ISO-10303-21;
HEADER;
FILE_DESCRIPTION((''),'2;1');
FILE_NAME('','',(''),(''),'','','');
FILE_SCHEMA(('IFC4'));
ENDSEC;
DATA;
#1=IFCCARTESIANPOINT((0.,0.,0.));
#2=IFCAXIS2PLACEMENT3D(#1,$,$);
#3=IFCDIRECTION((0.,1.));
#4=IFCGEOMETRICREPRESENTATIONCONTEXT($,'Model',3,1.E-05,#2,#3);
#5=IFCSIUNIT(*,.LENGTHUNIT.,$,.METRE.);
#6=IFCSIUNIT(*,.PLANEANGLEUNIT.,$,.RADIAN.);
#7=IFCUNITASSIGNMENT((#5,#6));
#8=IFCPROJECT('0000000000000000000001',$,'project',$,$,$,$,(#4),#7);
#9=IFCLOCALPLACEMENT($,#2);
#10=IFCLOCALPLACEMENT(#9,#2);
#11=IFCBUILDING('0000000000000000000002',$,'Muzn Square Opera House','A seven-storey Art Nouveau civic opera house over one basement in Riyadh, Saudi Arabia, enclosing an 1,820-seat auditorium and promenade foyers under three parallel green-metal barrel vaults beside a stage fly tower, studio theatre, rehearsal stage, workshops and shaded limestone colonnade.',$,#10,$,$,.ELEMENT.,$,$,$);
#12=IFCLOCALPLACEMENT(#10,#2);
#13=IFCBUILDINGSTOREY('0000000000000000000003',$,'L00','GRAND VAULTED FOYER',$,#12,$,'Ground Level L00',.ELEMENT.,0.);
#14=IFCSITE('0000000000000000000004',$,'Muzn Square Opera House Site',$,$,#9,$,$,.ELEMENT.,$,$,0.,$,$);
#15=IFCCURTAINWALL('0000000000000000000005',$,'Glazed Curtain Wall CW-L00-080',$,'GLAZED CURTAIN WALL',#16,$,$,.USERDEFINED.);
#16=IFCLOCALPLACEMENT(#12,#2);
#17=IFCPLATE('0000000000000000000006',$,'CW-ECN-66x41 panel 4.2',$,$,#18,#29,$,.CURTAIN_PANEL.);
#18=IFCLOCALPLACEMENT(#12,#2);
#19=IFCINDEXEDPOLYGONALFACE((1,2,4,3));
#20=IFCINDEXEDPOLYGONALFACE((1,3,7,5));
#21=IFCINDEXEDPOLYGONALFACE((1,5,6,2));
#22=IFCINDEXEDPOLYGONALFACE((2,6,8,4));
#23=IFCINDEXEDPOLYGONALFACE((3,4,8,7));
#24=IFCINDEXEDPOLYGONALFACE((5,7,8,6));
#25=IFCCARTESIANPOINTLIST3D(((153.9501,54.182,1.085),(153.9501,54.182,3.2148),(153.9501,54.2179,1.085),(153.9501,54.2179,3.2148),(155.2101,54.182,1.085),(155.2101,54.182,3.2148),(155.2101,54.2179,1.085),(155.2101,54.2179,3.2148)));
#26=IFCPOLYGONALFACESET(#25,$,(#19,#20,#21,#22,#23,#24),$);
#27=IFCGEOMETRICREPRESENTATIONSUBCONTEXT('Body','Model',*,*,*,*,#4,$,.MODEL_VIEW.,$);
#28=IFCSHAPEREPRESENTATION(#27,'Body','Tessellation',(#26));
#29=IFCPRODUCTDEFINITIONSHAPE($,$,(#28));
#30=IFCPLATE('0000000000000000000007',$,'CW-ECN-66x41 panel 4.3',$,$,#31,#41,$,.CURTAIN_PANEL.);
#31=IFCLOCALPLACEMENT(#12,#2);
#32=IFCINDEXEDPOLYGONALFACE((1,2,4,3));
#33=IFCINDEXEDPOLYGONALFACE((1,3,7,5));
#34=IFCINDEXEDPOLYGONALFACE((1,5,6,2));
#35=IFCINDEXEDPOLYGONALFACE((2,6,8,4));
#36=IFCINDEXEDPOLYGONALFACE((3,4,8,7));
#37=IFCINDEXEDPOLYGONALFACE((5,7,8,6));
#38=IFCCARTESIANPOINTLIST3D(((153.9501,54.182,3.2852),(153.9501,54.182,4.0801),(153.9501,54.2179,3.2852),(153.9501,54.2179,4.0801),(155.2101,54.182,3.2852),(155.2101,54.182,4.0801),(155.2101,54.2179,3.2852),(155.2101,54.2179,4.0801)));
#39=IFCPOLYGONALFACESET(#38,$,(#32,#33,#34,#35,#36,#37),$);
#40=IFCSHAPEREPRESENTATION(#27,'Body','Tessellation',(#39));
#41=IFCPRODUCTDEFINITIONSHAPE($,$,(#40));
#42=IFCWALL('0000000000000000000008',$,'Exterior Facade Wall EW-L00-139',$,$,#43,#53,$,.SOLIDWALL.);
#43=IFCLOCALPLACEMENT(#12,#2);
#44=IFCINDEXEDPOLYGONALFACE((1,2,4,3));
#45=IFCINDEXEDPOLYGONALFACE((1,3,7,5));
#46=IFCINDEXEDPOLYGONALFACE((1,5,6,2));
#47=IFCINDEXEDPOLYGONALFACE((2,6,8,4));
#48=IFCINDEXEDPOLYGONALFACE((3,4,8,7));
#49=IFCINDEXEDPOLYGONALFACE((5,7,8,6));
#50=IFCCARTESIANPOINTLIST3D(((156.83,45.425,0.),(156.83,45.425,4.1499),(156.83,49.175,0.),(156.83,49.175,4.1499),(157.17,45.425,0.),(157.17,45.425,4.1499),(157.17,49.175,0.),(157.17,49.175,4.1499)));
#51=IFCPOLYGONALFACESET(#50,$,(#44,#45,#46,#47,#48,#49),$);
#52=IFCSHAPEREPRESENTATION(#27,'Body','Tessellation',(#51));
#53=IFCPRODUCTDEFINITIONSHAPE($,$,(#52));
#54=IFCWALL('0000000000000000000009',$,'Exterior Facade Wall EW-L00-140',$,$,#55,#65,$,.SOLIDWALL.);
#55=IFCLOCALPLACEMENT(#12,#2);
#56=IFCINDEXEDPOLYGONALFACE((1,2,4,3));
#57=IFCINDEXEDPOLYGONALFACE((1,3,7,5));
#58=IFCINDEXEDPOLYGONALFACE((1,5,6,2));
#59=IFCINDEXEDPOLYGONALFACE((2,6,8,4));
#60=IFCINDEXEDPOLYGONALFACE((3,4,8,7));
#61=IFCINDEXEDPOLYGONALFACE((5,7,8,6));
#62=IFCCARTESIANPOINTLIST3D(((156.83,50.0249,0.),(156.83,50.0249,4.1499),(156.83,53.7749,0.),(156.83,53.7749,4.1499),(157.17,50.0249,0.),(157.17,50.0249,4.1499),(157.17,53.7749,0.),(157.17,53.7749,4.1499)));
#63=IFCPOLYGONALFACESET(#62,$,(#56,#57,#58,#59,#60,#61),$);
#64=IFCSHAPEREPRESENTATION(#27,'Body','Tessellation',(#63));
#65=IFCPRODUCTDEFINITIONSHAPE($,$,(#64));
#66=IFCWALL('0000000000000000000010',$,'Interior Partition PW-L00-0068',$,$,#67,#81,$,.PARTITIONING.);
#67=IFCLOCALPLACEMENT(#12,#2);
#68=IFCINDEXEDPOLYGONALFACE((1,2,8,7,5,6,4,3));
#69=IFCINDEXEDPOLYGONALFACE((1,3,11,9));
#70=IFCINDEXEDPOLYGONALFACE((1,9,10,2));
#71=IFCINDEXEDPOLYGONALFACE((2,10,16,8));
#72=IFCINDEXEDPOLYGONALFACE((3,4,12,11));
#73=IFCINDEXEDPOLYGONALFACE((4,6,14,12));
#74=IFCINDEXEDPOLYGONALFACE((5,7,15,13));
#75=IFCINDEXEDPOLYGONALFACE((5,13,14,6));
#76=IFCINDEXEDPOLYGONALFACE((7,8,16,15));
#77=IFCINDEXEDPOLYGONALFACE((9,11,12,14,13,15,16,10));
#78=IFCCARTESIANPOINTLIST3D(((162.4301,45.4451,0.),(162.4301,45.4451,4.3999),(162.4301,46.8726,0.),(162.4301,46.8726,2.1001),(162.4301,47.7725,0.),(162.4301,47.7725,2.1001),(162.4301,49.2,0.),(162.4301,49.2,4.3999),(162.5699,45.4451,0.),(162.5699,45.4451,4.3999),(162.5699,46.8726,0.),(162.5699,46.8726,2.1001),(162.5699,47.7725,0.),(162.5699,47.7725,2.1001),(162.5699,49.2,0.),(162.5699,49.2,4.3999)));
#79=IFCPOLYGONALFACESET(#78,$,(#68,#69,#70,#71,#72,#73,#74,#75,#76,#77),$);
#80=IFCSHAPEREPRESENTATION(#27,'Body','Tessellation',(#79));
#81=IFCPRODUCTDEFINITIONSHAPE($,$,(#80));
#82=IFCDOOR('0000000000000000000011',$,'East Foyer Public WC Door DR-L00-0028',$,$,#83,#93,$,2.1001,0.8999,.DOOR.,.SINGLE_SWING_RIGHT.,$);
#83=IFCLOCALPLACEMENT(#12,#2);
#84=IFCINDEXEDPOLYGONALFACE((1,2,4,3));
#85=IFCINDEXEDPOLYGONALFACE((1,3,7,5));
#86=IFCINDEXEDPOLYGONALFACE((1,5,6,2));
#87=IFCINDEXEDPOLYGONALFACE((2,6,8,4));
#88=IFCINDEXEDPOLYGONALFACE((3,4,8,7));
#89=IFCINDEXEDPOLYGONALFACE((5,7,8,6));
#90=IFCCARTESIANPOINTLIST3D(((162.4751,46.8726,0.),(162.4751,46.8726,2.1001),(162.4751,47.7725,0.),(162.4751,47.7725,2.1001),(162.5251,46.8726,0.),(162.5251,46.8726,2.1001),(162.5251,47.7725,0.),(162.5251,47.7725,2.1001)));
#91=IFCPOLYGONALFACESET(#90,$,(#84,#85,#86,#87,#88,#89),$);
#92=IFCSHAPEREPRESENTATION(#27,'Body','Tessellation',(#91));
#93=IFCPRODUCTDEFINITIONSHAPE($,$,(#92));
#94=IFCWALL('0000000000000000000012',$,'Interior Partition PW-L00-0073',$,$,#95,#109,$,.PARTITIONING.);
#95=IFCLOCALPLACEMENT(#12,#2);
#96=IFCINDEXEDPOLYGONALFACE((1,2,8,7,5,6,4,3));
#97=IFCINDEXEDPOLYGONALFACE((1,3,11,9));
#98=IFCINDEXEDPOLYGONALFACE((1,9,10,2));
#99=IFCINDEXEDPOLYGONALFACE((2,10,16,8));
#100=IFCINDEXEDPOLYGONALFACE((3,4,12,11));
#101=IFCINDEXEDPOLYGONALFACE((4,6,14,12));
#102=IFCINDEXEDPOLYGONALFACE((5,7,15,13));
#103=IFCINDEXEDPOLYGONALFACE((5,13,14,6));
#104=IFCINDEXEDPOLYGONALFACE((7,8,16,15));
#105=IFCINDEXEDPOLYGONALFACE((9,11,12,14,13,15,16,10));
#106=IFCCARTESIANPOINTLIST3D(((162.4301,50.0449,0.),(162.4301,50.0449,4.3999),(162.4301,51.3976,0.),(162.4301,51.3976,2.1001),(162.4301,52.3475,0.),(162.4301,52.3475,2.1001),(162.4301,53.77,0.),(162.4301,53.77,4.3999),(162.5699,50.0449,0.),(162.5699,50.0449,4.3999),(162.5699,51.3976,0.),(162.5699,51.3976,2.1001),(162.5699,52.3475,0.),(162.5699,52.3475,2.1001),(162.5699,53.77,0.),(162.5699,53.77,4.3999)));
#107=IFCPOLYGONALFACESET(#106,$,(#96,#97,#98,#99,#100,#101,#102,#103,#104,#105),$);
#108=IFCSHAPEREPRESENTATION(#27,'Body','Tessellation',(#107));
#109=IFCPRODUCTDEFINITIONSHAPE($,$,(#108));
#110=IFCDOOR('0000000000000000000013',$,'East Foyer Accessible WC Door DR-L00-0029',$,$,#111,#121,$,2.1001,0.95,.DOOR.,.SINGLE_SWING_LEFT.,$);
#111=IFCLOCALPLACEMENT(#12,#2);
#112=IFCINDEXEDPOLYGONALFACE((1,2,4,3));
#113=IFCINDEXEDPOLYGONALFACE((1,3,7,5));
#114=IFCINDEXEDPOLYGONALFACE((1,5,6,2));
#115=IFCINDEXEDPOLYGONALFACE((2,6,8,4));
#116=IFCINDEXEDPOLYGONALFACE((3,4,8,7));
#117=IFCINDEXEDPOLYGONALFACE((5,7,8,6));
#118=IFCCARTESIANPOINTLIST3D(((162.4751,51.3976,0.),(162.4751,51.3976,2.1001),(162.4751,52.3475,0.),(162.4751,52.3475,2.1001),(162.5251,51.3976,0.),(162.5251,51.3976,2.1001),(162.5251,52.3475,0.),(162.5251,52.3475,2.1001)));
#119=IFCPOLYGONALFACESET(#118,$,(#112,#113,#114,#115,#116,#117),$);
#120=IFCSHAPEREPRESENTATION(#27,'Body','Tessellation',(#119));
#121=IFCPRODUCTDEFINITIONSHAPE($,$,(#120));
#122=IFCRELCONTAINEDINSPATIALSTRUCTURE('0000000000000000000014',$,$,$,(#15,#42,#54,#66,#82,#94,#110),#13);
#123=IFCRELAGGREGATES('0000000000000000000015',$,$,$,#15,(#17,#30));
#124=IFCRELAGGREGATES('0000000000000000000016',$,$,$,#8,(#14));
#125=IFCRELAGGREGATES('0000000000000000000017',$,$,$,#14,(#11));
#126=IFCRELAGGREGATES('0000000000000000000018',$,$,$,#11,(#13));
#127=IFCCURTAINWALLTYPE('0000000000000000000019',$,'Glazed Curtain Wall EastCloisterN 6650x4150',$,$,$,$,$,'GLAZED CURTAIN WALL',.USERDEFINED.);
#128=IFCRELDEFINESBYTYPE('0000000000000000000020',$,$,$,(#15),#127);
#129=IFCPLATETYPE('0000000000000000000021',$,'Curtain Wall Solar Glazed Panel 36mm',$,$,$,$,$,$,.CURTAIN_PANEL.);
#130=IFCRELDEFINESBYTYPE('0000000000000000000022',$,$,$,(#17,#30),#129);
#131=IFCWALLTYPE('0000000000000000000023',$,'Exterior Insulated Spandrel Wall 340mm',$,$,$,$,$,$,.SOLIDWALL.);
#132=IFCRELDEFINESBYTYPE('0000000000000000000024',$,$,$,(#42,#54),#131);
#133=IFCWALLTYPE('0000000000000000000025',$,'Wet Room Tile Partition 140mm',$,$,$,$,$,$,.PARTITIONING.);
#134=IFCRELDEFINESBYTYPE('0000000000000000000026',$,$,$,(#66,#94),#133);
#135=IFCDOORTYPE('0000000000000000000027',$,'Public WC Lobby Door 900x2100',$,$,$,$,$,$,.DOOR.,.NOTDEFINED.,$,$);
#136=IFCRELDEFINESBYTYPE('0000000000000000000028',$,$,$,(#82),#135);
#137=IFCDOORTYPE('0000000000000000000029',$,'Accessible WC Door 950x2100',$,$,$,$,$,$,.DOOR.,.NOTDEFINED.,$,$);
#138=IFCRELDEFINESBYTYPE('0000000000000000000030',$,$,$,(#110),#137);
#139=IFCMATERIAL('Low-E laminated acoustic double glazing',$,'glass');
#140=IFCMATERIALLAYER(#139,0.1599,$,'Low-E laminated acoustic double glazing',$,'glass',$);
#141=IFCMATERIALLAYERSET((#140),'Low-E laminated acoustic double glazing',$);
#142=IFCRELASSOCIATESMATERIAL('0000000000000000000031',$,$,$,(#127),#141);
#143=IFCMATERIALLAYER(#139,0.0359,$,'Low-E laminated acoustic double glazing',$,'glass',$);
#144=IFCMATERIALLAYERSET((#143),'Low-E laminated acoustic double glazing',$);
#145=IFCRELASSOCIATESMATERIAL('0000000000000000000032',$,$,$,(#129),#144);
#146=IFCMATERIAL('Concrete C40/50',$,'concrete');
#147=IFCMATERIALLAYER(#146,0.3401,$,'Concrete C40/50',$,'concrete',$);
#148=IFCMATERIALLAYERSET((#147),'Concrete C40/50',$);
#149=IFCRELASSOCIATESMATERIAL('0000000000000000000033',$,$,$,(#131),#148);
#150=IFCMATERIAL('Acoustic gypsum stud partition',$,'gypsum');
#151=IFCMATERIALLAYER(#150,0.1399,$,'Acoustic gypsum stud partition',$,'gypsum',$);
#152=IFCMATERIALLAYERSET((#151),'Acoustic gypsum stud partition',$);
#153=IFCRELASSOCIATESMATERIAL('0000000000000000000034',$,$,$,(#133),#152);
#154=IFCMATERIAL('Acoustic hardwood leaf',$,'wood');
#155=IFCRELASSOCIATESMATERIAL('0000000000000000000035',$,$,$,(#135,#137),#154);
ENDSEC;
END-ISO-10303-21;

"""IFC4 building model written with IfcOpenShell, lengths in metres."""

from ifc_helpers import new_model, si_unit, direction, frame, frame_2d, origin, origin_2d, place, context, subcontext, project, spatial, rectangle, extrude, material, layer, layer_set, type_object, element, fill, aggregate, save


model = new_model("IFC4")

# Units and contexts
model_context = context("Model", 3, precision=1e-05, world=origin(), true_north=direction((0.0, 1.0)))
body_context = subcontext(model_context, "Body", "Model", "MODEL_VIEW")
ifc_project = project(units=[si_unit("LENGTHUNIT", "METRE"), si_unit("PLANEANGLEUNIT", "RADIAN")], contexts=[model_context])

# Site, building, storey
site_placement = place(None, origin())
site = spatial("IfcSite", under=ifc_project, at=site_placement, Name="Muzn Square Opera House Site", CompositionType="ELEMENT", RefElevation=0.0)
building_placement = place(site_placement, origin())
building = spatial("IfcBuilding", under=site, at=building_placement, Name="Muzn Square Opera House", Description="A seven-storey Art Nouveau civic opera house over one basement in Riyadh, Saudi Arabia, enclosing an 1,820-seat auditorium and promenade foyers under three parallel green-metal barrel vaults beside a stage fly tower, studio theatre, rehearsal stage, workshops and shaded limestone colonnade.", CompositionType="ELEMENT")
storey_placement = place(building_placement, origin())
storey = spatial("IfcBuildingStorey", under=building, at=storey_placement, Name="L00", Description="GRAND VAULTED FOYER", LongName="Ground Level L00", CompositionType="ELEMENT", Elevation=0.0)

# Curtain wall
ifc_material_1 = material(Name="Low-E laminated acoustic double glazing", Category="glass")
ifc_layer_1 = layer(ifc_material_1, 0.1599, Name="Low-E laminated acoustic double glazing", Category="glass")
ifc_layer_set_1 = layer_set([ifc_layer_1], Name="Low-E laminated acoustic double glazing")
curtain_wall_type = type_object("IfcCurtainWallType", Name="Glazed Curtain Wall EastCloisterN 6650x4150", ElementType="GLAZED CURTAIN WALL", PredefinedType="USERDEFINED", material=ifc_layer_set_1)
curtain_wall_placement = place(storey_placement, origin())
curtain_wall = element("IfcCurtainWall", 1, at=curtain_wall_placement, inside=storey, type_object=curtain_wall_type, Name="Glazed Curtain Wall CW-L00-080", ObjectType="GLAZED CURTAIN WALL", PredefinedType="USERDEFINED")

# Shared definitions
ifc_material_2 = material(Name="Concrete C40/50", Category="concrete")

# Plates
ifc_layer_2 = layer(ifc_material_1, 0.0359, Name="Low-E laminated acoustic double glazing", Category="glass")
ifc_layer_set_2 = layer_set([ifc_layer_2], Name="Low-E laminated acoustic double glazing")
plate_type = type_object("IfcPlateType", Name="Curtain Wall Solar Glazed Panel 36mm", PredefinedType="CURTAIN_PANEL", material=ifc_layer_set_2)
plate_1_placement = place(storey_placement, frame((154.5801, 54.2, 1.085), z_axis=(0.0, 0.0, 1.0), x_axis=(1.0, 0.0, 0.0)))
plate_1 = element("IfcPlate", 2, at=plate_1_placement, type_object=plate_type, Name="CW-ECN-66x41 panel 4.2", PredefinedType="CURTAIN_PANEL", context=body_context, shape_type="SweptSolid", body=[
    extrude(rectangle(XDim=1.26, YDim=0.0359, at=origin_2d()), origin(), (0.0, 0.0, 1.0), 2.1299),
])
plate_2_placement = place(storey_placement, frame((154.5801, 54.2, 3.2852), z_axis=(0.0, 0.0, 1.0), x_axis=(1.0, 0.0, 0.0)))
plate_2 = element("IfcPlate", 3, at=plate_2_placement, type_object=plate_type, Name="CW-ECN-66x41 panel 4.3", PredefinedType="CURTAIN_PANEL", context=body_context, shape_type="SweptSolid", body=[
    extrude(rectangle(XDim=1.26, YDim=0.0359, at=origin_2d()), origin(), (0.0, 0.0, 1.0), 0.7949),
])
aggregate(curtain_wall, [plate_1, plate_2])

# Walls
ifc_layer_3 = layer(ifc_material_2, 0.3401, Name="Concrete C40/50", Category="concrete")
ifc_layer_set_3 = layer_set([ifc_layer_3], Name="Concrete C40/50")
wall_type_1 = type_object("IfcWallType", Name="Exterior Insulated Spandrel Wall 340mm", PredefinedType="SOLIDWALL", material=ifc_layer_set_3)
for number, where, z_axis, x_axis, name in (
    (4, (157.0, 45.425, 0.0), (0.0, 0.0, 1.0), (0.0, 1.0, 0.0), "Exterior Facade Wall EW-L00-139"),
    (5, (157.0, 50.0249, 0.0), (0.0, 0.0, 1.0), (0.0, 1.0, 0.0), "Exterior Facade Wall EW-L00-140"),
):
    element("IfcWall", number, at=place(storey_placement, frame(where, z_axis=z_axis, x_axis=x_axis)), inside=storey, type_object=wall_type_1, Name=name, PredefinedType="SOLIDWALL", context=body_context, shape_type="SweptSolid", body=[
        extrude(rectangle(XDim=3.75, YDim=0.3401, at=frame_2d((1.875, 0.0))), origin(), (0.0, 0.0, 1.0), 4.1499),
    ])

# Walls, openings, doors
ifc_material_3 = material(Name="Acoustic gypsum stud partition", Category="gypsum")
ifc_layer_4 = layer(ifc_material_3, 0.1399, Name="Acoustic gypsum stud partition", Category="gypsum")
ifc_layer_set_4 = layer_set([ifc_layer_4], Name="Acoustic gypsum stud partition")
wall_type_2 = type_object("IfcWallType", Name="Wet Room Tile Partition 140mm", PredefinedType="PARTITIONING", material=ifc_layer_set_4)
wall_1_placement = place(storey_placement, frame((162.5, 45.4451, 0.0), z_axis=(0.0, 0.0, 1.0), x_axis=(0.0, 1.0, 0.0)))
wall_1 = element("IfcWall", 6, at=wall_1_placement, inside=storey, type_object=wall_type_2, Name="Interior Partition PW-L00-0068", PredefinedType="PARTITIONING", context=body_context, shape_type="SweptSolid", body=[
    extrude(rectangle(XDim=3.7549, YDim=0.1399, at=frame_2d((1.8774, 0.0))), origin(), (0.0, 0.0, 1.0), 4.3999),
])
opening_1_placement = place(wall_1_placement, frame((1.4275, 0.0, 0.0)))
opening_1 = element("IfcOpeningElement", 7, at=opening_1_placement, cuts=wall_1, PredefinedType="OPENING", context=body_context, shape_type="SweptSolid", body=[
    extrude(rectangle(XDim=0.8999, YDim=2.1001, at=frame_2d((0.45, 1.05))), frame((0.0, 0.0798, 0.0), z_axis=(0.0, -1.0, 0.0), x_axis=(1.0, 0.0, 0.0)), (0.0, 0.0, 1.0), 0.1599),
])
ifc_material_4 = material(Name="Acoustic hardwood leaf", Category="wood")
door_type_1 = type_object("IfcDoorType", Name="Public WC Lobby Door 900x2100", OperationType="NOTDEFINED", PredefinedType="DOOR", material=ifc_material_4)
door_1_placement = place(opening_1_placement, origin())
door_1 = element("IfcDoor", 8, at=door_1_placement, inside=storey, type_object=door_type_1, Name="East Foyer Public WC Door DR-L00-0028", OperationType="SINGLE_SWING_RIGHT", OverallHeight=2.1001, OverallWidth=0.8999, PredefinedType="DOOR", context=body_context, shape_type="SweptSolid", body=[
    extrude(rectangle(XDim=0.8999, YDim=2.1001, at=frame_2d((0.45, 1.05))), frame((0.0, 0.0249, 0.0), z_axis=(0.0, -1.0, 0.0), x_axis=(1.0, 0.0, 0.0)), (0.0, 0.0, 1.0), 0.05),
])
fill(opening_1, door_1)
wall_2_placement = place(storey_placement, frame((162.5, 50.0449, 0.0), z_axis=(0.0, 0.0, 1.0), x_axis=(0.0, 1.0, 0.0)))
wall_2 = element("IfcWall", 9, at=wall_2_placement, inside=storey, type_object=wall_type_2, Name="Interior Partition PW-L00-0073", PredefinedType="PARTITIONING", context=body_context, shape_type="SweptSolid", body=[
    extrude(rectangle(XDim=3.7251, YDim=0.1399, at=frame_2d((1.8625, 0.0))), origin(), (0.0, 0.0, 1.0), 4.3999),
])
opening_2_placement = place(wall_2_placement, frame((1.3525, 0.0, 0.0)))
opening_2 = element("IfcOpeningElement", 10, at=opening_2_placement, cuts=wall_2, PredefinedType="OPENING", context=body_context, shape_type="SweptSolid", body=[
    extrude(rectangle(XDim=0.95, YDim=2.1001, at=frame_2d((0.4751, 1.05))), frame((0.0, 0.0798, 0.0), z_axis=(0.0, -1.0, 0.0), x_axis=(1.0, 0.0, 0.0)), (0.0, 0.0, 1.0), 0.1599),
])
door_type_2 = type_object("IfcDoorType", Name="Accessible WC Door 950x2100", OperationType="NOTDEFINED", PredefinedType="DOOR", material=ifc_material_4)
door_2_placement = place(opening_2_placement, origin())
door_2 = element("IfcDoor", 11, at=door_2_placement, inside=storey, type_object=door_type_2, Name="East Foyer Accessible WC Door DR-L00-0029", OperationType="SINGLE_SWING_LEFT", OverallHeight=2.1001, OverallWidth=0.95, PredefinedType="DOOR", context=body_context, shape_type="SweptSolid", body=[
    extrude(rectangle(XDim=0.95, YDim=2.1001, at=frame_2d((0.4751, 1.05))), frame((0.0, 0.0249, 0.0), z_axis=(0.0, -1.0, 0.0), x_axis=(1.0, 0.0, 0.0)), (0.0, 0.0, 1.0), 0.05),
])
fill(opening_2, door_2)

save(model, "model.ifc")
